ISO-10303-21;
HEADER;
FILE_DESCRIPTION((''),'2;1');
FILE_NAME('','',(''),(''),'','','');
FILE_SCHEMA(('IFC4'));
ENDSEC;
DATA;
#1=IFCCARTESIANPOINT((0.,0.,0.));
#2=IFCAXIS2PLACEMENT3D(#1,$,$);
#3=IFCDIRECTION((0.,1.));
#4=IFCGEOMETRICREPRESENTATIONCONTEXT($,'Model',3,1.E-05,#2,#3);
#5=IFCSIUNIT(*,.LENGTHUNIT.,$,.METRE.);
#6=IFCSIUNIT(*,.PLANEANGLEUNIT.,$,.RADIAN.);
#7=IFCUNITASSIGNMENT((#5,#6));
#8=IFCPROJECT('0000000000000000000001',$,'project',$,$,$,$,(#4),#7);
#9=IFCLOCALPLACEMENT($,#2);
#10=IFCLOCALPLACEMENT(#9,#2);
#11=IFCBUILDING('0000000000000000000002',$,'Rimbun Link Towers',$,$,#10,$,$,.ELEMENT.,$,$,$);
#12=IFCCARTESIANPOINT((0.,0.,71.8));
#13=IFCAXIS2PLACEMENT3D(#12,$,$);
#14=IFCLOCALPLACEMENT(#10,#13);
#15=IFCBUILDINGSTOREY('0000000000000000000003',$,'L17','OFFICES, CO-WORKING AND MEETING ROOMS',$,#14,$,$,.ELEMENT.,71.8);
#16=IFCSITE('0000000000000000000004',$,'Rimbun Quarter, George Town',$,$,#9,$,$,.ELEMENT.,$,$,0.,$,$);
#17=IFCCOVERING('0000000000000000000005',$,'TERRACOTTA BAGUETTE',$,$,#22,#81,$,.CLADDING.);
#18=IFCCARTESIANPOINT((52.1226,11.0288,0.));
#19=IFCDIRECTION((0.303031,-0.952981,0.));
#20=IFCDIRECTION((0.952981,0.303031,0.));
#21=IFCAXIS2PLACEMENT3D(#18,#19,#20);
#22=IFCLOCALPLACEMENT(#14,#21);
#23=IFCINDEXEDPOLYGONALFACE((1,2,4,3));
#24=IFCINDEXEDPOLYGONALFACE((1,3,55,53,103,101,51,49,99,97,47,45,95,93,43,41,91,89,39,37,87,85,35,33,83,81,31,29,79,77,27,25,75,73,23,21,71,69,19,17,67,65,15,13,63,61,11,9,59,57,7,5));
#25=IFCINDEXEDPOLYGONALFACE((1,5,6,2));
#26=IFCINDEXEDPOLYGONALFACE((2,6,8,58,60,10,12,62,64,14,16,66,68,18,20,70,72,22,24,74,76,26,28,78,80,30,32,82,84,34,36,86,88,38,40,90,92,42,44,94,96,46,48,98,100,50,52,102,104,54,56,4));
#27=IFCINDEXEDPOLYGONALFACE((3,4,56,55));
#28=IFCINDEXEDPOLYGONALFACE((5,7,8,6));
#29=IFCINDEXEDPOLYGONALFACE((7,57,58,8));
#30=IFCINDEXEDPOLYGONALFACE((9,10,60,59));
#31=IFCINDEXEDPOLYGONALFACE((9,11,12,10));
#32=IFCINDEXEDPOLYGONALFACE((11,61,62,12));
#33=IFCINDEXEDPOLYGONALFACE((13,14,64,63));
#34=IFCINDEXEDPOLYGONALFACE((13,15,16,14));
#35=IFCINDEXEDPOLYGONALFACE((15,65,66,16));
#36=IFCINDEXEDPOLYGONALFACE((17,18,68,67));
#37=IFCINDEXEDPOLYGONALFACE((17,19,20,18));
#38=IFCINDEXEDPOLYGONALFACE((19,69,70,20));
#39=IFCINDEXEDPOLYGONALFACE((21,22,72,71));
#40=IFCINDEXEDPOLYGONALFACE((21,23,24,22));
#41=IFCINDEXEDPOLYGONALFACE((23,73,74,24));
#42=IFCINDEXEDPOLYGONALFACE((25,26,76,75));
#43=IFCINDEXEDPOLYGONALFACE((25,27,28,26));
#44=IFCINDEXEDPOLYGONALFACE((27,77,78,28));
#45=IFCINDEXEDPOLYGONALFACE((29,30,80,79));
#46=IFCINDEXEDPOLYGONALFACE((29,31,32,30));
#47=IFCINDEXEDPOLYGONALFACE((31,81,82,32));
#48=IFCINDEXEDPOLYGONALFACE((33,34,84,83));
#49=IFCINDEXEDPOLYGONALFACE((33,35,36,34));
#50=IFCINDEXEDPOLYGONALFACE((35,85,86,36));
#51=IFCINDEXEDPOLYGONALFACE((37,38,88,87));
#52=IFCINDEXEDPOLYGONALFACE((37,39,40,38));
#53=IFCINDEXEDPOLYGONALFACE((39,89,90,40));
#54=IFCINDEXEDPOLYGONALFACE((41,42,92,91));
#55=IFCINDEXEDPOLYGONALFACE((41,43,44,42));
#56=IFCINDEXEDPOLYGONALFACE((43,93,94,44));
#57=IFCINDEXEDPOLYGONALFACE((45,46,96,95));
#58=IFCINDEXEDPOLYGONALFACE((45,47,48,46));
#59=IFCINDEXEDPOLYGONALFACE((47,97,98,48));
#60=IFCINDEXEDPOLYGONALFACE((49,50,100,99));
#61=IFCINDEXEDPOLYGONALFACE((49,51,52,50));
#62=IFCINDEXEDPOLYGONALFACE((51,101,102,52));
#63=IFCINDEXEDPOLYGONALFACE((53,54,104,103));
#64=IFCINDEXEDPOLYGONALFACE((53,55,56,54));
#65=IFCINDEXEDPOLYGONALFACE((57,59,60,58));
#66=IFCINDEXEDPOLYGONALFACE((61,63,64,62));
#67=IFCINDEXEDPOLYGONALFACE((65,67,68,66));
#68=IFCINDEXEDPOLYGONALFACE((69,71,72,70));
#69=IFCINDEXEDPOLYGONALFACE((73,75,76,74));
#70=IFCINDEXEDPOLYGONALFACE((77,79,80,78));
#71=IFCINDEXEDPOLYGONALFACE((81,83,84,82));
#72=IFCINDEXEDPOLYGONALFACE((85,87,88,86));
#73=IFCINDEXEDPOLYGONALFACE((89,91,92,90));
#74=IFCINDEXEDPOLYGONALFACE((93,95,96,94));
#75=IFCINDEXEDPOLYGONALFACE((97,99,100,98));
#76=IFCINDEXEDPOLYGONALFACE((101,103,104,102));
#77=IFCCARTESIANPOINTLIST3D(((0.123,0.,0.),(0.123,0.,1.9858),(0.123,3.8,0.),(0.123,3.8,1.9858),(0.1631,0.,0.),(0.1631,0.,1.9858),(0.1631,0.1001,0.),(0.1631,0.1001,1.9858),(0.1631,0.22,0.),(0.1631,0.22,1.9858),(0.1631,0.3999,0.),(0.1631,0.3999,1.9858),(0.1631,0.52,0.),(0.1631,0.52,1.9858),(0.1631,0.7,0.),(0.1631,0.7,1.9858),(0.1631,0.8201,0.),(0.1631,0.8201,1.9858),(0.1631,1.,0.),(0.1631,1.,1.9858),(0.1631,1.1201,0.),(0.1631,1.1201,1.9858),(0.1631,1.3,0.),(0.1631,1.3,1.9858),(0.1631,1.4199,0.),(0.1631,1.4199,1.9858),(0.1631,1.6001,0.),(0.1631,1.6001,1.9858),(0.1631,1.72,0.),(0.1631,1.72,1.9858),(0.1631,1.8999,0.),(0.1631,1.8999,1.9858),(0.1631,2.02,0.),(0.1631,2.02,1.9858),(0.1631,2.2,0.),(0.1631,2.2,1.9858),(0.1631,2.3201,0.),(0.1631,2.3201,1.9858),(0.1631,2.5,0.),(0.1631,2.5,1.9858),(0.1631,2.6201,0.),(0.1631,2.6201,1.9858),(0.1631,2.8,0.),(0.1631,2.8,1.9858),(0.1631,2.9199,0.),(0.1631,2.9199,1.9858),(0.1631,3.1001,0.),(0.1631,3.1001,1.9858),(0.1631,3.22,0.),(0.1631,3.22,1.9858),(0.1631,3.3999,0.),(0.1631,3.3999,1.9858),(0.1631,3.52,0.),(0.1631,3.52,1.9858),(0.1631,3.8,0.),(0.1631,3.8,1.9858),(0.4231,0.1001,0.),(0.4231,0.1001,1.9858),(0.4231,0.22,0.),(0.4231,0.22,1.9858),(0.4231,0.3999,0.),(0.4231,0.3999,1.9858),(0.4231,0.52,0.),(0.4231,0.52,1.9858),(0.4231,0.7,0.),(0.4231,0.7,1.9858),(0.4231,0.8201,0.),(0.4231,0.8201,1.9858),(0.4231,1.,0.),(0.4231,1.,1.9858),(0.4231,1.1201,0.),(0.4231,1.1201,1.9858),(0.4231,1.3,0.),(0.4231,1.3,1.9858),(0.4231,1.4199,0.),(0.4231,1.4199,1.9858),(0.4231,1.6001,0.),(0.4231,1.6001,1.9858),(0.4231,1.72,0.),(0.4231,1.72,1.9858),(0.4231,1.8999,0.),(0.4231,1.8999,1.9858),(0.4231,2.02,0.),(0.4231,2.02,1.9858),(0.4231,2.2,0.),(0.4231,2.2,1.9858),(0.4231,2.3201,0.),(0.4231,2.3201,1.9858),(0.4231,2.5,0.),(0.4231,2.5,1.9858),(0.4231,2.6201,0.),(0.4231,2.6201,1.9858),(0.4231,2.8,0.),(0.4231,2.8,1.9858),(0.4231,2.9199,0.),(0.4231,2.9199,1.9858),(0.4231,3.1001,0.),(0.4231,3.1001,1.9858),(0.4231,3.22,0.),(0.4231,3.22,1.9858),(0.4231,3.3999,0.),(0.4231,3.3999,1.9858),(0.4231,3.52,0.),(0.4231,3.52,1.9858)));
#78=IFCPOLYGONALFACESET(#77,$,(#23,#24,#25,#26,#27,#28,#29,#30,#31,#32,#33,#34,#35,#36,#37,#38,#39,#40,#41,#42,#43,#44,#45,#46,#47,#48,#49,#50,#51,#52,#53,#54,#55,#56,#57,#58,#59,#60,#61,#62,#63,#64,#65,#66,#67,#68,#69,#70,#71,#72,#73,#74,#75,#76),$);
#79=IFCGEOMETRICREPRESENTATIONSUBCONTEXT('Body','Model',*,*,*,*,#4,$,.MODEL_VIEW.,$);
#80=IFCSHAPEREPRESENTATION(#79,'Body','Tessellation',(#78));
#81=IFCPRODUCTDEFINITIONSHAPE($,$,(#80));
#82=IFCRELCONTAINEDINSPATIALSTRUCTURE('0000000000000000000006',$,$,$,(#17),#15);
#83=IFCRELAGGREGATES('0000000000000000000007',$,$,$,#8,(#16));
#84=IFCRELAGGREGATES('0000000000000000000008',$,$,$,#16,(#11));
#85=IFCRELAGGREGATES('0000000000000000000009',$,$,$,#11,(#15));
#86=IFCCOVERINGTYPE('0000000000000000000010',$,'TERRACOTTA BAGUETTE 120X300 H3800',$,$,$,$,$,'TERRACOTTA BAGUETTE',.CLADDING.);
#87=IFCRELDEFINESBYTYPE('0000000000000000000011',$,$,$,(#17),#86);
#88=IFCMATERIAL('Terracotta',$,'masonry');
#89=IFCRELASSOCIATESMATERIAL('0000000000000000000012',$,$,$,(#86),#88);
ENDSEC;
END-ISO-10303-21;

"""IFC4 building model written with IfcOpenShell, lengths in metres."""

from ifc_helpers import new_model, si_unit, direction, frame, origin, place, context, subcontext, project, spatial, polyline, outline, extrude, material, material_profile, profile_set, type_object, element, save


model = new_model("IFC4")

# Units and contexts
model_context = context("Model", 3, precision=1e-05, world=origin(), true_north=direction((0.0, 1.0)))
body_context = subcontext(model_context, "Body", "Model", "MODEL_VIEW")
ifc_project = project(units=[si_unit("LENGTHUNIT", "METRE"), si_unit("PLANEANGLEUNIT", "RADIAN")], contexts=[model_context])

# Site, building, storey
site_placement = place(None, origin())
site = spatial("IfcSite", under=ifc_project, at=site_placement, Name="Rimbun Quarter, George Town", CompositionType="ELEMENT", RefElevation=0.0)
building_placement = place(site_placement, origin())
building = spatial("IfcBuilding", under=site, at=building_placement, Name="Rimbun Link Towers", CompositionType="ELEMENT")
storey_placement = place(building_placement, frame((0.0, 0.0, 71.8)))
storey = spatial("IfcBuildingStorey", under=building, at=storey_placement, Name="L17", Description="OFFICES, CO-WORKING AND MEETING ROOMS", CompositionType="ELEMENT", Elevation=71.8)

# Covering
ifc_material_1 = material(Name="Terracotta", Category="masonry")
ifc_material_profile_1 = material_profile(ifc_material_1, outline(polyline([(0.123, 0.0), (0.1631, 0.0), (0.1631, 0.1001), (0.4231, 0.1001), (0.4231, 0.22), (0.1631, 0.22), (0.1631, 0.3999), (0.4231, 0.3999), (0.4231, 0.52), (0.1631, 0.52), (0.1631, 0.7), (0.4231, 0.7), (0.4231, 0.8201), (0.1631, 0.8201), (0.1631, 1.0), (0.4231, 1.0), (0.4231, 1.1201), (0.1631, 1.1201), (0.1631, 1.3), (0.4231, 1.3), (0.4231, 1.4199), (0.1631, 1.4199), (0.1631, 1.6001), (0.4231, 1.6001), (0.4231, 1.72), (0.1631, 1.72), (0.1631, 1.8999), (0.4231, 1.8999), (0.4231, 2.02), (0.1631, 2.02), (0.1631, 2.2), (0.4231, 2.2), (0.4231, 2.3201), (0.1631, 2.3201), (0.1631, 2.5), (0.4231, 2.5), (0.4231, 2.6201), (0.1631, 2.6201), (0.1631, 2.8), (0.4231, 2.8), (0.4231, 2.9199), (0.1631, 2.9199), (0.1631, 3.1001), (0.4231, 3.1001), (0.4231, 3.22), (0.1631, 3.22), (0.1631, 3.3999), (0.4231, 3.3999), (0.4231, 3.52), (0.1631, 3.52), (0.1631, 3.8), (0.123, 3.8), (0.123, 0.0)])), Name="BAGUETTE 120X300")
ifc_profile_set_1 = profile_set([ifc_material_profile_1], Name="Terracotta")
covering_type = type_object("IfcCoveringType", Name="TERRACOTTA BAGUETTE 120X300 H3800", ElementType="TERRACOTTA BAGUETTE", PredefinedType="CLADDING", material=ifc_profile_set_1)
covering_1_placement = place(storey_placement, frame((52.1226, 11.0288, 0.0), z_axis=(0.303031, -0.952981, 0.0), x_axis=(0.952981, 0.303031, 0.0)))
element("IfcCovering", 1, at=covering_1_placement, inside=storey, type_object=covering_type, Name="TERRACOTTA BAGUETTE", PredefinedType="CLADDING", context=body_context, shape_type="SweptSolid", body=[
    extrude(outline(polyline([(0.123, 0.0), (0.1631, 0.0), (0.1631, 0.1001), (0.4231, 0.1001), (0.4231, 0.22), (0.1631, 0.22), (0.1631, 0.3999), (0.4231, 0.3999), (0.4231, 0.52), (0.1631, 0.52), (0.1631, 0.7), (0.4231, 0.7), (0.4231, 0.8201), (0.1631, 0.8201), (0.1631, 1.0), (0.4231, 1.0), (0.4231, 1.1201), (0.1631, 1.1201), (0.1631, 1.3), (0.4231, 1.3), (0.4231, 1.4199), (0.1631, 1.4199), (0.1631, 1.6001), (0.4231, 1.6001), (0.4231, 1.72), (0.1631, 1.72), (0.1631, 1.8999), (0.4231, 1.8999), (0.4231, 2.02), (0.1631, 2.02), (0.1631, 2.2), (0.4231, 2.2), (0.4231, 2.3201), (0.1631, 2.3201), (0.1631, 2.5), (0.4231, 2.5), (0.4231, 2.6201), (0.1631, 2.6201), (0.1631, 2.8), (0.4231, 2.8), (0.4231, 2.9199), (0.1631, 2.9199), (0.1631, 3.1001), (0.4231, 3.1001), (0.4231, 3.22), (0.1631, 3.22), (0.1631, 3.3999), (0.4231, 3.3999), (0.4231, 3.52), (0.1631, 3.52), (0.1631, 3.8), (0.123, 3.8), (0.123, 0.0)])), origin(), (0.0, 0.0, 1.0), 1.9858),
])

save(model, "model.ifc")
